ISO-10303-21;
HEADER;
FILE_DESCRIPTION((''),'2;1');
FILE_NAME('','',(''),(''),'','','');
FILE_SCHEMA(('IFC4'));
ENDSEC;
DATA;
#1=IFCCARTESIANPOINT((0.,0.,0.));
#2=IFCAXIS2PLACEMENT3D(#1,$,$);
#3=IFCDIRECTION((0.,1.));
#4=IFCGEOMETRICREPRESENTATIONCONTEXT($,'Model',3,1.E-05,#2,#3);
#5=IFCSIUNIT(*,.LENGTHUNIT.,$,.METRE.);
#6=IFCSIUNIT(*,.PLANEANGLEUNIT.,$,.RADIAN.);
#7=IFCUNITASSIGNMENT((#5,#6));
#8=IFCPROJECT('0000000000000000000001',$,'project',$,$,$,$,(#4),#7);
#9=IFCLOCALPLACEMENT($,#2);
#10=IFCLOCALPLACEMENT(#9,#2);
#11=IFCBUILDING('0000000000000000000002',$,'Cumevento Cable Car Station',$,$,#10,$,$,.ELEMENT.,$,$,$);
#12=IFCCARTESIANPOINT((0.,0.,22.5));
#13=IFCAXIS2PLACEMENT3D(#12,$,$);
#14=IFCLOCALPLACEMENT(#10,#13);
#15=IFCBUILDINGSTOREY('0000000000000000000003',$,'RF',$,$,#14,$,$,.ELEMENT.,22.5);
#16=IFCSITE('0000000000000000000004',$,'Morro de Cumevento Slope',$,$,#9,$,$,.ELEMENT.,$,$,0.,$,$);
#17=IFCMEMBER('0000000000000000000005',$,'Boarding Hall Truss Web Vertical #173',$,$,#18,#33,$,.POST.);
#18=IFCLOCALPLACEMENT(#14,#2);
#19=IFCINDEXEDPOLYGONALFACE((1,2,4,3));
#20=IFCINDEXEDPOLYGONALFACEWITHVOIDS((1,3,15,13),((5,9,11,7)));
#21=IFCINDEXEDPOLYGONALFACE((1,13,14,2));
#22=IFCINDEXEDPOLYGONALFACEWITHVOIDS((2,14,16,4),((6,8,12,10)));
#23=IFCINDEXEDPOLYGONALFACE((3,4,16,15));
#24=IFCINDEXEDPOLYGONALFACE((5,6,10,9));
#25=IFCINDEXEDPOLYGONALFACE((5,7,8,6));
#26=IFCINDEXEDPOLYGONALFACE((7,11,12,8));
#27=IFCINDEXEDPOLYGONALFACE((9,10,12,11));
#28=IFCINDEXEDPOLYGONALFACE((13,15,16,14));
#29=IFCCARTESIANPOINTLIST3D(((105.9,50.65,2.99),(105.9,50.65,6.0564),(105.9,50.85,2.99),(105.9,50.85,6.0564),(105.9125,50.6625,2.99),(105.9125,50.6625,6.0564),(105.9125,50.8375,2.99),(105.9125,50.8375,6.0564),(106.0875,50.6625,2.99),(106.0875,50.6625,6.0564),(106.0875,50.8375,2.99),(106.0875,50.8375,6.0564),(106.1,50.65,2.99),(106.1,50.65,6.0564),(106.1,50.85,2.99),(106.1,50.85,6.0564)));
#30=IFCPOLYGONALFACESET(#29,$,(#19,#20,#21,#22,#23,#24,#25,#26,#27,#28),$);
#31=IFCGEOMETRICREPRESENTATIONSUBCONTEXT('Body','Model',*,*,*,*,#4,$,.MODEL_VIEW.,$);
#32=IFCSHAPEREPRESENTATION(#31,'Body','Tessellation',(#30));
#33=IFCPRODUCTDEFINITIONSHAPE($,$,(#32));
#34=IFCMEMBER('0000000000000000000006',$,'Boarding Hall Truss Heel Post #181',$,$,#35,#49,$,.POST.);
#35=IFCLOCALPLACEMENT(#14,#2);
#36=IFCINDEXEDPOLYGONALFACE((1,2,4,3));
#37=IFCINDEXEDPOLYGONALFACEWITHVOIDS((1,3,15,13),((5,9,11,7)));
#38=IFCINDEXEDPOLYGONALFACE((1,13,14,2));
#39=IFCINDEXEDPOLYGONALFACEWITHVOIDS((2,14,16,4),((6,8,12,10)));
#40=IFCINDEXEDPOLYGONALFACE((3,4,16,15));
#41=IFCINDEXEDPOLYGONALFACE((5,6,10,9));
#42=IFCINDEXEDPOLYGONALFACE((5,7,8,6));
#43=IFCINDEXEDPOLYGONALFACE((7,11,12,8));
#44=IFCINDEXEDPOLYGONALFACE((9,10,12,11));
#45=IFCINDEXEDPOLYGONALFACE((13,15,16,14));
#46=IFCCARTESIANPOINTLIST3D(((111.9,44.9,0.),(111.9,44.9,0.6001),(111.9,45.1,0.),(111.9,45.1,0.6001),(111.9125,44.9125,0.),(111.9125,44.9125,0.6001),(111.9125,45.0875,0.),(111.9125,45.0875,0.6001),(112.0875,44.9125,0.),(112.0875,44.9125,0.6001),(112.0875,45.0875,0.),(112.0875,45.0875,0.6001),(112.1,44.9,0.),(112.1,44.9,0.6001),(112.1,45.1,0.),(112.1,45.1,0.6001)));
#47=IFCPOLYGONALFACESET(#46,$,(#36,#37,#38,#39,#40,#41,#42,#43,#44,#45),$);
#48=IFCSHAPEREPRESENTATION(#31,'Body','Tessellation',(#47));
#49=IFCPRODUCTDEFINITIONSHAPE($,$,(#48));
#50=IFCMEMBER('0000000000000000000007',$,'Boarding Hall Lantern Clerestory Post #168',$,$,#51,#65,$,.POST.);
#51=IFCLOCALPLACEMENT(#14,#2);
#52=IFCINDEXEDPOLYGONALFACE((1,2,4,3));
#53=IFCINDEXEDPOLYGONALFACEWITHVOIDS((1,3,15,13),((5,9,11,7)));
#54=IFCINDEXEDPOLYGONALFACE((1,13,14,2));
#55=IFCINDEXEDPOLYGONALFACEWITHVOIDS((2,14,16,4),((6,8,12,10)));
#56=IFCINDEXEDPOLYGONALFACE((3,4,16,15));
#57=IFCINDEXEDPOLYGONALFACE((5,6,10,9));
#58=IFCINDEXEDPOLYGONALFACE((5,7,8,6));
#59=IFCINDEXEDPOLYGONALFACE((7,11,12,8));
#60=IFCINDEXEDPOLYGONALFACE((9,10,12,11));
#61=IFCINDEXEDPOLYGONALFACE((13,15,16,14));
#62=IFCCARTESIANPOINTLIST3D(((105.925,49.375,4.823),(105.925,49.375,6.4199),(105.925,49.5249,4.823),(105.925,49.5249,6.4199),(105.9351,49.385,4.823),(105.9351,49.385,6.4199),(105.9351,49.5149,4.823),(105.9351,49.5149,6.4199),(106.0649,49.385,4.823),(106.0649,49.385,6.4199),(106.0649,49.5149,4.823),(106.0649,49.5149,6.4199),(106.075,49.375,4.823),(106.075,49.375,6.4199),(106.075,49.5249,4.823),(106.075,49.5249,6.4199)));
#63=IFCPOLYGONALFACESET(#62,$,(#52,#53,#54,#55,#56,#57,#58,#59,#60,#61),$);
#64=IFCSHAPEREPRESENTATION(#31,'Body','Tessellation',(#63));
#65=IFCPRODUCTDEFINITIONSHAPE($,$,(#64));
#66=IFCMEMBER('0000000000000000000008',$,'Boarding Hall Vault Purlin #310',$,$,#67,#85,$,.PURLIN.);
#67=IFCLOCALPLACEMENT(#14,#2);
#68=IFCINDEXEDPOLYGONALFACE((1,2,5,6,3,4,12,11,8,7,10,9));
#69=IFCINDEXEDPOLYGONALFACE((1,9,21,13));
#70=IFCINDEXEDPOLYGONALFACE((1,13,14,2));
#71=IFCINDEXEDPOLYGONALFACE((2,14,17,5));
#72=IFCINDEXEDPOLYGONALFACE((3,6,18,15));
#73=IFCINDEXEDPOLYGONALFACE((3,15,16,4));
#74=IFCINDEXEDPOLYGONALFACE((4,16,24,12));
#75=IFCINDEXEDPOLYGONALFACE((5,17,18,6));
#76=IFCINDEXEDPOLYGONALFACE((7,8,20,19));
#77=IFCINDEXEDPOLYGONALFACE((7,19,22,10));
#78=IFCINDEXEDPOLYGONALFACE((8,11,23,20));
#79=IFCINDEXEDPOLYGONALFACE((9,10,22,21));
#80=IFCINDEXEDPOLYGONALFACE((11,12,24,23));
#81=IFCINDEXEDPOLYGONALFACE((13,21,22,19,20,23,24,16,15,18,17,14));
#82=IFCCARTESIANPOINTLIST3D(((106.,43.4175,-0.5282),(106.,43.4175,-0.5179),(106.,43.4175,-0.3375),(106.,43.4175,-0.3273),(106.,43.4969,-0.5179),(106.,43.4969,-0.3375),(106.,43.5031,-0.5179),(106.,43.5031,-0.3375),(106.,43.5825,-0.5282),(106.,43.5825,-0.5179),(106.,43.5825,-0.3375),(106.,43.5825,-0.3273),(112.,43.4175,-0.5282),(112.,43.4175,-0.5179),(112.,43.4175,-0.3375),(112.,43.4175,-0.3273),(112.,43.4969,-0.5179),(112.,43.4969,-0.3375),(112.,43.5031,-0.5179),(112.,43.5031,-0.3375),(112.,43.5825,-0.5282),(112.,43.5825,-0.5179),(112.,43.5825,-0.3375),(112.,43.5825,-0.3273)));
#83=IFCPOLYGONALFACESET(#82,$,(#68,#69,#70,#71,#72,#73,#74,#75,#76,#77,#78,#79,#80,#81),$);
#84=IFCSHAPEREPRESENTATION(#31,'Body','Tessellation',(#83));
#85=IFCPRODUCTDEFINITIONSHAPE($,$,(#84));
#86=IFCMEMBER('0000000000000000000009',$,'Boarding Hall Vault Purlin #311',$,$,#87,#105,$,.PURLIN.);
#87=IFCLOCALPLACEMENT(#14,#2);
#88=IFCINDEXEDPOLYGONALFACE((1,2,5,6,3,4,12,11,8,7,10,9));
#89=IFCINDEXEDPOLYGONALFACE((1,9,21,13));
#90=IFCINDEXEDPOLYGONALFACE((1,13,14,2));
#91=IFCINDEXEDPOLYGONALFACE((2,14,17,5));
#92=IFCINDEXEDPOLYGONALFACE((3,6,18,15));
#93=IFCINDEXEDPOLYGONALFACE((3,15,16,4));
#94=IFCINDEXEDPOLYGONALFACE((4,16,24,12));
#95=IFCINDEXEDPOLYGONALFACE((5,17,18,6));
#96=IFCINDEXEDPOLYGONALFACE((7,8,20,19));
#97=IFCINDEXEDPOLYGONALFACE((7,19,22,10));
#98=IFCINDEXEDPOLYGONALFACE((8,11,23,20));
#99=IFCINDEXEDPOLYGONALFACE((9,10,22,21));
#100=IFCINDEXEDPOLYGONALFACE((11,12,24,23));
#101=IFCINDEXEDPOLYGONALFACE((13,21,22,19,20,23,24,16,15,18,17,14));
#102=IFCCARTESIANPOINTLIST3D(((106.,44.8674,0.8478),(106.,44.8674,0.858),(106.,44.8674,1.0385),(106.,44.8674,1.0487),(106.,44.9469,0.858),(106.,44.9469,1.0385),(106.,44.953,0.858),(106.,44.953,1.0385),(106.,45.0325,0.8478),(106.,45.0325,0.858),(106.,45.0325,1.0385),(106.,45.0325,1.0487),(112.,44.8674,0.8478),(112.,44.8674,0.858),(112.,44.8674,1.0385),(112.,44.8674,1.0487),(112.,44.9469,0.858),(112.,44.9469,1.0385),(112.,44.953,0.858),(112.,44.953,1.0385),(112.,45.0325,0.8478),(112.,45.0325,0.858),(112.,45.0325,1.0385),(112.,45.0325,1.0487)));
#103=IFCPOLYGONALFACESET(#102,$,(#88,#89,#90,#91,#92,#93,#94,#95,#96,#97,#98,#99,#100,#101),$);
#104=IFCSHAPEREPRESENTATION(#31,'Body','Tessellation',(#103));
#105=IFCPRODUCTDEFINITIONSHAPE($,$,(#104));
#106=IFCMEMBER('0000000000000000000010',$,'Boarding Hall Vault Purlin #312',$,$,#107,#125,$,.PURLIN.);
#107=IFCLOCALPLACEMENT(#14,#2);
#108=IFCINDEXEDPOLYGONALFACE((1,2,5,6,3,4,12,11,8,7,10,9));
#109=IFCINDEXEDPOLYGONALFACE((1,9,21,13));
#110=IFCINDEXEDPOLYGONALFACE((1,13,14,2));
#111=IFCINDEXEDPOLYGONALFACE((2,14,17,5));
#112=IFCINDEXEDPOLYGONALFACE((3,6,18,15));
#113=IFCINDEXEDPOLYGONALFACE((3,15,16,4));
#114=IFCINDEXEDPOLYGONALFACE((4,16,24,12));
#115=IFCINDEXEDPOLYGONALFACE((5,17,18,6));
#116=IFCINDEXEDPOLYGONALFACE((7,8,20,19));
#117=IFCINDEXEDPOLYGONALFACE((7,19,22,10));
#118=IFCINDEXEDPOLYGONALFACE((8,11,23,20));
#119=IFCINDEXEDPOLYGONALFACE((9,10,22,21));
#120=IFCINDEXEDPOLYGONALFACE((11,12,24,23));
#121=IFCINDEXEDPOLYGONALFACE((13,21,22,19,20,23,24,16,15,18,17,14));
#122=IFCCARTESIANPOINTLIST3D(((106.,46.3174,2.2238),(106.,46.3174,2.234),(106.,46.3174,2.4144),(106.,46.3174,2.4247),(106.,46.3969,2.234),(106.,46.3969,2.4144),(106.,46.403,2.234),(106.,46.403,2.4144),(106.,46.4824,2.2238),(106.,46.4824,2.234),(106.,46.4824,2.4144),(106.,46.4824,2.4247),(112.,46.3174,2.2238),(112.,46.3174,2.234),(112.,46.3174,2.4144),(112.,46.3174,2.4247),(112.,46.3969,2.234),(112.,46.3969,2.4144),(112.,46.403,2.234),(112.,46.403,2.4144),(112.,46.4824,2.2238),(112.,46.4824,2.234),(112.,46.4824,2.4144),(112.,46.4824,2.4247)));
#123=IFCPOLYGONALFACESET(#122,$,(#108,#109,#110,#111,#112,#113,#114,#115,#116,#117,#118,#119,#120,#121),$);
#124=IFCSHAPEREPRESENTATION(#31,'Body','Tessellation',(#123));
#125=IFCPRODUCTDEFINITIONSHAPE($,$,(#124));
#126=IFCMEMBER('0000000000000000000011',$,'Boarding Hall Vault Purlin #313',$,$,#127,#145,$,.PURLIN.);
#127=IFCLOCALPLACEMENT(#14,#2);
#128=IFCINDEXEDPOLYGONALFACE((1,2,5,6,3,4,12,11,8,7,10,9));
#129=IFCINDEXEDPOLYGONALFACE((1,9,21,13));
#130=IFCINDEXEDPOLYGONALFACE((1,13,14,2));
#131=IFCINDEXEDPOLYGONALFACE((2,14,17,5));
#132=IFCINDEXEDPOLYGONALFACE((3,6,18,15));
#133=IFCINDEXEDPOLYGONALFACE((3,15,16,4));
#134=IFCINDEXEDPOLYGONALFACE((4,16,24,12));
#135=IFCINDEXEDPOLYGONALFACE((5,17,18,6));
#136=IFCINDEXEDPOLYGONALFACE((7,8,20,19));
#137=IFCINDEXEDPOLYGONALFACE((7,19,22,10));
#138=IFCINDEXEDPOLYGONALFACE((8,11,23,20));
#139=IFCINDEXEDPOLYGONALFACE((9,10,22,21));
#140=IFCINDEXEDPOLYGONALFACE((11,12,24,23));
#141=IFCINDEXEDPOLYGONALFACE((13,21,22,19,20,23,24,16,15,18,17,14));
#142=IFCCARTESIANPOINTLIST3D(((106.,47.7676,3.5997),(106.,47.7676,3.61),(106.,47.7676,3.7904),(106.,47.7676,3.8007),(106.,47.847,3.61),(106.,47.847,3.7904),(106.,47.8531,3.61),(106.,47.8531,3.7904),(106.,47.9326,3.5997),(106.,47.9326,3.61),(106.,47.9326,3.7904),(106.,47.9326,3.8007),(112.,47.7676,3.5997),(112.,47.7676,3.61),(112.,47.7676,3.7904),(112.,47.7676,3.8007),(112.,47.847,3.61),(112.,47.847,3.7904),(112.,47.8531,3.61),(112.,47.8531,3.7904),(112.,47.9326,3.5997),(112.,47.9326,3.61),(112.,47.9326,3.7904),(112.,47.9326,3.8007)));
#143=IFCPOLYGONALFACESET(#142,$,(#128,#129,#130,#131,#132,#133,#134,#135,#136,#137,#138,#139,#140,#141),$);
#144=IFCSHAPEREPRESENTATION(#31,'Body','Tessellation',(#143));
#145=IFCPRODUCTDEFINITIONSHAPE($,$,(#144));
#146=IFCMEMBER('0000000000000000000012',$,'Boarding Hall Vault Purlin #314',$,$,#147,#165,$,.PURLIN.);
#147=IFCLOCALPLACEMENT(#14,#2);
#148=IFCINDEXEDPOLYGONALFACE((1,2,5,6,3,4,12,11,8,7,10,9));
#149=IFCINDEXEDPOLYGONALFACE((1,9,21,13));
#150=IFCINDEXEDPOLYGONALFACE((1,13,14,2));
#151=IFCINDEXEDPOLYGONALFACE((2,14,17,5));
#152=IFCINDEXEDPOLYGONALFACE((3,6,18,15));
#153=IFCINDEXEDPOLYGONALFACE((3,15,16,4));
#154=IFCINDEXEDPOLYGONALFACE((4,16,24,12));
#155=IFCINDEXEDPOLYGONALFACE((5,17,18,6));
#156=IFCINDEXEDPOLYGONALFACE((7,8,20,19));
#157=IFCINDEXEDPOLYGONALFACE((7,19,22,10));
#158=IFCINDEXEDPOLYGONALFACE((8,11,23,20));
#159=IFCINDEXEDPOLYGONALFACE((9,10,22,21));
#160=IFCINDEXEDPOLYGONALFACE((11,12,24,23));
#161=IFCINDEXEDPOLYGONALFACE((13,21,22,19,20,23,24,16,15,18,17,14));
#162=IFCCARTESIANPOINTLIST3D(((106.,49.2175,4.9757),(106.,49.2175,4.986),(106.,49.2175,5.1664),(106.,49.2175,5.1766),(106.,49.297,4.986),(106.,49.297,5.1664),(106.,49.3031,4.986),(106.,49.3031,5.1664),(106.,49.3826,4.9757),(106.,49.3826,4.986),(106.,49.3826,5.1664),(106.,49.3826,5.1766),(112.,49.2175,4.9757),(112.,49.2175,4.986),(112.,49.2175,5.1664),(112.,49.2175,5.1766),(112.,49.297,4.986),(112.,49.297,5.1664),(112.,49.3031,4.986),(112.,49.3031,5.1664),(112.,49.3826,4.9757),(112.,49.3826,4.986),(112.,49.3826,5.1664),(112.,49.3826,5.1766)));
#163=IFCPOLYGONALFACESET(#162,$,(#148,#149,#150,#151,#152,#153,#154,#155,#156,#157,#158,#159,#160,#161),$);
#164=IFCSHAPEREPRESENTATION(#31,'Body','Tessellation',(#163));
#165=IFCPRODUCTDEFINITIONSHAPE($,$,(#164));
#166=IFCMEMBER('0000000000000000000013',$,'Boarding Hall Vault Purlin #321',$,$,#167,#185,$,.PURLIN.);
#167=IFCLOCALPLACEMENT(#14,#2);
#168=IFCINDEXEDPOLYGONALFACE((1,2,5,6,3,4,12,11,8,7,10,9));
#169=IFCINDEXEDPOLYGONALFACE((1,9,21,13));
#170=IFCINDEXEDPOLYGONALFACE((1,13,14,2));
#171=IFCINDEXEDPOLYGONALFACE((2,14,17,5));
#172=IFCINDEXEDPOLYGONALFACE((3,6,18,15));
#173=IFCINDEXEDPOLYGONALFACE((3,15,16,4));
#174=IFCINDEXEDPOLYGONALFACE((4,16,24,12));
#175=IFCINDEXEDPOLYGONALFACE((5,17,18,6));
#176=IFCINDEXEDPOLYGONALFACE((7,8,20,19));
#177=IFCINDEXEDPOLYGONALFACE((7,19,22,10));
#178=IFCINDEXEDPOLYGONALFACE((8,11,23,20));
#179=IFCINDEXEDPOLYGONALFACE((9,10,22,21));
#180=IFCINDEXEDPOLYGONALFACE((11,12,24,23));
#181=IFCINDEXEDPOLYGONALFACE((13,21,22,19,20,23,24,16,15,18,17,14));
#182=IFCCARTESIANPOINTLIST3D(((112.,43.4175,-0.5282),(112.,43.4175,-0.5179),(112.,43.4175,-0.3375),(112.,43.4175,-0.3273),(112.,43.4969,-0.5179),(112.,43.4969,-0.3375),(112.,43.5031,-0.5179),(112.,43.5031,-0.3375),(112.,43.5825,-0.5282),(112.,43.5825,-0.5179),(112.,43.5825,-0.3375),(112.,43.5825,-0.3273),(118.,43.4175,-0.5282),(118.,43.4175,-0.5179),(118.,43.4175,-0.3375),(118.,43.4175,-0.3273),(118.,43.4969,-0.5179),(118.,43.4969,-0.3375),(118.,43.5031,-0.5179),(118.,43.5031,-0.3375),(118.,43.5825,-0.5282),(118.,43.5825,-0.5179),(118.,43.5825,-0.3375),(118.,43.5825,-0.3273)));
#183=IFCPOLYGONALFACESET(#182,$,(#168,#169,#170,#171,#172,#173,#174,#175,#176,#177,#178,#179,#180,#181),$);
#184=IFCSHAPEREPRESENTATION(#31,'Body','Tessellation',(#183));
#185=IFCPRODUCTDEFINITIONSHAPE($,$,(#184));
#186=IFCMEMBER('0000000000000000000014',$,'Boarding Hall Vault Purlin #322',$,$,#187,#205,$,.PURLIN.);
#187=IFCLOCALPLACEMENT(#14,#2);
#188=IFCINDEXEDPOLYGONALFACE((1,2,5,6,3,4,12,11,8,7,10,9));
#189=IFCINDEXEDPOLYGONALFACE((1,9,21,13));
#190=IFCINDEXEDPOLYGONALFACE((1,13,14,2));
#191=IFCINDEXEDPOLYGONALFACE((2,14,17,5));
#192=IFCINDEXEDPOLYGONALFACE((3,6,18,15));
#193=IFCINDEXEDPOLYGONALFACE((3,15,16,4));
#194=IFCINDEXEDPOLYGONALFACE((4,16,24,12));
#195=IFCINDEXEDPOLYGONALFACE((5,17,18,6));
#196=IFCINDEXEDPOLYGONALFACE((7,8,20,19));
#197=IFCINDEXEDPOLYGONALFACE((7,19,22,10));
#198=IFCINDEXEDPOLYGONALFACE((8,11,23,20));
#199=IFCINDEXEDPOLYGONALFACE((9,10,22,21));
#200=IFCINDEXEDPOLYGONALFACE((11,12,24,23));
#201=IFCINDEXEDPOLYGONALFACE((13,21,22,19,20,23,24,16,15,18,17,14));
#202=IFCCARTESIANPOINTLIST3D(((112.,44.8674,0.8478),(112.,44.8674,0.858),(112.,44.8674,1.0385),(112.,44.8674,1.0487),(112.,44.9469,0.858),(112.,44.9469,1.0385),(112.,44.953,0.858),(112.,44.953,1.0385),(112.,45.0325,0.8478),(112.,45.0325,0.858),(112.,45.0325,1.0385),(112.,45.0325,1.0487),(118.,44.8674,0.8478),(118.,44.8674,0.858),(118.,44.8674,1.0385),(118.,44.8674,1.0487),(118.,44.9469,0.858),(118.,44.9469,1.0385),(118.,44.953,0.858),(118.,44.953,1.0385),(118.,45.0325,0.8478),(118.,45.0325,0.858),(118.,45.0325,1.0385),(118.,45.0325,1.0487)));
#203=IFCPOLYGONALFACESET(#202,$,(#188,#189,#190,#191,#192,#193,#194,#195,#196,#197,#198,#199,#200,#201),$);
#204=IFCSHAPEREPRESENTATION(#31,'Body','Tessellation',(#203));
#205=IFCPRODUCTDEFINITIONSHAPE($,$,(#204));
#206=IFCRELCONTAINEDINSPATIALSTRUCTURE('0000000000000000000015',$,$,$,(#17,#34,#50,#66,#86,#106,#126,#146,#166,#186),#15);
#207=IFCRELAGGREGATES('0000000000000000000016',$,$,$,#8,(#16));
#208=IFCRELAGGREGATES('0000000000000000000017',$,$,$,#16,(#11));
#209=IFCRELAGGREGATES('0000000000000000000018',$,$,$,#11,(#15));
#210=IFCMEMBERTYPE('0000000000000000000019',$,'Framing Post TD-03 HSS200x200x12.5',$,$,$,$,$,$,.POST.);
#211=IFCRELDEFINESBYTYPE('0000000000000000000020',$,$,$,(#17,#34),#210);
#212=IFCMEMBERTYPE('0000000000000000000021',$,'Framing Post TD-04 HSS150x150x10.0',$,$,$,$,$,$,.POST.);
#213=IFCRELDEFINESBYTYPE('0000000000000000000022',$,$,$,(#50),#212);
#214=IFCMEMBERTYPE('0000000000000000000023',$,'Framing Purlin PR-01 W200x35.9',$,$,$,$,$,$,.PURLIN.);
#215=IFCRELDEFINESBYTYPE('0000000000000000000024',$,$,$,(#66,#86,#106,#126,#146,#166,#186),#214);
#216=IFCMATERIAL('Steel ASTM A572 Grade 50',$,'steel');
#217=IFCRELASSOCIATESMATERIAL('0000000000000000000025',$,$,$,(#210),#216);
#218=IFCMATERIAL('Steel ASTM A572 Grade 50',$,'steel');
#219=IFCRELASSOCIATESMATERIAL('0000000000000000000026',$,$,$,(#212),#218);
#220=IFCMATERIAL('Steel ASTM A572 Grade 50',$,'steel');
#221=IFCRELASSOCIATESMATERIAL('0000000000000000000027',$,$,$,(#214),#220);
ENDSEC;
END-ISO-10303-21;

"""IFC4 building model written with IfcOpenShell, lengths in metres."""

from ifc_helpers import new_model, si_unit, direction, frame, origin, origin_2d, place, context, subcontext, project, spatial, hollow_rectangle, i_section, extrude, material, material_profile, profile_set, type_object, element, save


model = new_model("IFC4")

# Units and contexts
model_context = context("Model", 3, precision=1e-05, world=origin(), true_north=direction((0.0, 1.0)))
body_context = subcontext(model_context, "Body", "Model", "MODEL_VIEW")
ifc_project = project(units=[si_unit("LENGTHUNIT", "METRE"), si_unit("PLANEANGLEUNIT", "RADIAN")], contexts=[model_context])

# Site, building, storey
site_placement = place(None, origin())
site = spatial("IfcSite", under=ifc_project, at=site_placement, Name="Morro de Cumevento Slope", CompositionType="ELEMENT", RefElevation=0.0)
building_placement = place(site_placement, origin())
building = spatial("IfcBuilding", under=site, at=building_placement, Name="Cumevento Cable Car Station", CompositionType="ELEMENT")
storey_placement = place(building_placement, frame((0.0, 0.0, 22.5)))
storey = spatial("IfcBuildingStorey", under=building, at=storey_placement, Name="RF", CompositionType="ELEMENT", Elevation=22.5)

# Members
ifc_material_1 = material(Name="Steel ASTM A572 Grade 50", Category="steel")
ifc_material_profile_1 = material_profile(ifc_material_1, hollow_rectangle(XDim=0.2, YDim=0.2, WallThickness=0.0125, at=origin_2d()), Name="HSS200x200x12.5")
ifc_profile_set_1 = profile_set([ifc_material_profile_1], Name="Steel ASTM A572 Grade 50")
member_type_1 = type_object("IfcMemberType", Name="Framing Post TD-03 HSS200x200x12.5", PredefinedType="POST", material=ifc_profile_set_1)
member_1_placement = place(storey_placement, frame((106.0, 50.75, 2.99), z_axis=(0.0, 0.0, 1.0), x_axis=(1.0, 0.0, 0.0)))
element("IfcMember", 1, at=member_1_placement, inside=storey, type_object=member_type_1, Name="Boarding Hall Truss Web Vertical #173", PredefinedType="POST", context=body_context, shape_type="SweptSolid", body=[
    extrude(hollow_rectangle(XDim=0.2, YDim=0.2, WallThickness=0.0125, at=origin_2d()), origin(), (0.0, 0.0, 1.0), 3.0664),
])
member_2_placement = place(storey_placement, frame((112.0, 45.0, 0.0), z_axis=(0.0, 0.0, 1.0), x_axis=(1.0, 0.0, 0.0)))
element("IfcMember", 2, at=member_2_placement, inside=storey, type_object=member_type_1, Name="Boarding Hall Truss Heel Post #181", PredefinedType="POST", context=body_context, shape_type="SweptSolid", body=[
    extrude(hollow_rectangle(XDim=0.2, YDim=0.2, WallThickness=0.0125, at=origin_2d()), origin(), (0.0, 0.0, 1.0), 0.6001),
])
ifc_material_2 = material(Name="Steel ASTM A572 Grade 50", Category="steel")
ifc_material_profile_2 = material_profile(ifc_material_2, hollow_rectangle(XDim=0.1499, YDim=0.1499, WallThickness=0.01, at=origin_2d()), Name="HSS150x150x10.0")
ifc_profile_set_2 = profile_set([ifc_material_profile_2], Name="Steel ASTM A572 Grade 50")
member_type_2 = type_object("IfcMemberType", Name="Framing Post TD-04 HSS150x150x10.0", PredefinedType="POST", material=ifc_profile_set_2)
member_3_placement = place(storey_placement, frame((106.0, 49.45, 4.823), z_axis=(0.0, 0.0, 1.0), x_axis=(1.0, 0.0, 0.0)))
element("IfcMember", 3, at=member_3_placement, inside=storey, type_object=member_type_2, Name="Boarding Hall Lantern Clerestory Post #168", PredefinedType="POST", context=body_context, shape_type="SweptSolid", body=[
    extrude(hollow_rectangle(XDim=0.1499, YDim=0.1499, WallThickness=0.01, at=origin_2d()), origin(), (0.0, 0.0, 1.0), 1.5969),
])
ifc_material_3 = material(Name="Steel ASTM A572 Grade 50", Category="steel")
ifc_material_profile_3 = material_profile(ifc_material_3, i_section(OverallWidth=0.165, OverallDepth=0.2009, WebThickness=0.0061, FlangeThickness=0.0103, at=origin_2d()), Name="W200x35.9")
ifc_profile_set_3 = profile_set([ifc_material_profile_3], Name="Steel ASTM A572 Grade 50")
member_type_3 = type_object("IfcMemberType", Name="Framing Purlin PR-01 W200x35.9", PredefinedType="PURLIN", material=ifc_profile_set_3)
for number, where, z_axis, x_axis, name in (
    (4, (106.0, 43.5, -0.4277), (1.0, 0.0, 0.0), (0.0, 1.0, 0.0), "Boarding Hall Vault Purlin #310"),
    (5, (106.0, 44.95, 0.9482), (1.0, 0.0, 0.0), (0.0, 1.0, 0.0), "Boarding Hall Vault Purlin #311"),
    (6, (106.0, 46.3999, 2.3242), (1.0, 0.0, 0.0), (0.0, 1.0, 0.0), "Boarding Hall Vault Purlin #312"),
    (7, (106.0, 47.8501, 3.7002), (1.0, 0.0, 0.0), (0.0, 1.0, 0.0), "Boarding Hall Vault Purlin #313"),
    (8, (106.0, 49.3, 5.0762), (1.0, 0.0, 0.0), (0.0, 1.0, 0.0), "Boarding Hall Vault Purlin #314"),
    (9, (112.0, 43.5, -0.4277), (1.0, 0.0, 0.0), (0.0, 1.0, 0.0), "Boarding Hall Vault Purlin #321"),
    (10, (112.0, 44.95, 0.9482), (1.0, 0.0, 0.0), (0.0, 1.0, 0.0), "Boarding Hall Vault Purlin #322"),
):
    element("IfcMember", number, at=place(storey_placement, frame(where, z_axis=z_axis, x_axis=x_axis)), inside=storey, type_object=member_type_3, Name=name, PredefinedType="PURLIN", context=body_context, shape_type="SweptSolid", body=[
        extrude(i_section(OverallWidth=0.165, OverallDepth=0.2009, WebThickness=0.0061, FlangeThickness=0.0103, at=origin_2d()), origin(), (0.0, 0.0, 1.0), 6.0),
    ])

save(model, "model.ifc")
